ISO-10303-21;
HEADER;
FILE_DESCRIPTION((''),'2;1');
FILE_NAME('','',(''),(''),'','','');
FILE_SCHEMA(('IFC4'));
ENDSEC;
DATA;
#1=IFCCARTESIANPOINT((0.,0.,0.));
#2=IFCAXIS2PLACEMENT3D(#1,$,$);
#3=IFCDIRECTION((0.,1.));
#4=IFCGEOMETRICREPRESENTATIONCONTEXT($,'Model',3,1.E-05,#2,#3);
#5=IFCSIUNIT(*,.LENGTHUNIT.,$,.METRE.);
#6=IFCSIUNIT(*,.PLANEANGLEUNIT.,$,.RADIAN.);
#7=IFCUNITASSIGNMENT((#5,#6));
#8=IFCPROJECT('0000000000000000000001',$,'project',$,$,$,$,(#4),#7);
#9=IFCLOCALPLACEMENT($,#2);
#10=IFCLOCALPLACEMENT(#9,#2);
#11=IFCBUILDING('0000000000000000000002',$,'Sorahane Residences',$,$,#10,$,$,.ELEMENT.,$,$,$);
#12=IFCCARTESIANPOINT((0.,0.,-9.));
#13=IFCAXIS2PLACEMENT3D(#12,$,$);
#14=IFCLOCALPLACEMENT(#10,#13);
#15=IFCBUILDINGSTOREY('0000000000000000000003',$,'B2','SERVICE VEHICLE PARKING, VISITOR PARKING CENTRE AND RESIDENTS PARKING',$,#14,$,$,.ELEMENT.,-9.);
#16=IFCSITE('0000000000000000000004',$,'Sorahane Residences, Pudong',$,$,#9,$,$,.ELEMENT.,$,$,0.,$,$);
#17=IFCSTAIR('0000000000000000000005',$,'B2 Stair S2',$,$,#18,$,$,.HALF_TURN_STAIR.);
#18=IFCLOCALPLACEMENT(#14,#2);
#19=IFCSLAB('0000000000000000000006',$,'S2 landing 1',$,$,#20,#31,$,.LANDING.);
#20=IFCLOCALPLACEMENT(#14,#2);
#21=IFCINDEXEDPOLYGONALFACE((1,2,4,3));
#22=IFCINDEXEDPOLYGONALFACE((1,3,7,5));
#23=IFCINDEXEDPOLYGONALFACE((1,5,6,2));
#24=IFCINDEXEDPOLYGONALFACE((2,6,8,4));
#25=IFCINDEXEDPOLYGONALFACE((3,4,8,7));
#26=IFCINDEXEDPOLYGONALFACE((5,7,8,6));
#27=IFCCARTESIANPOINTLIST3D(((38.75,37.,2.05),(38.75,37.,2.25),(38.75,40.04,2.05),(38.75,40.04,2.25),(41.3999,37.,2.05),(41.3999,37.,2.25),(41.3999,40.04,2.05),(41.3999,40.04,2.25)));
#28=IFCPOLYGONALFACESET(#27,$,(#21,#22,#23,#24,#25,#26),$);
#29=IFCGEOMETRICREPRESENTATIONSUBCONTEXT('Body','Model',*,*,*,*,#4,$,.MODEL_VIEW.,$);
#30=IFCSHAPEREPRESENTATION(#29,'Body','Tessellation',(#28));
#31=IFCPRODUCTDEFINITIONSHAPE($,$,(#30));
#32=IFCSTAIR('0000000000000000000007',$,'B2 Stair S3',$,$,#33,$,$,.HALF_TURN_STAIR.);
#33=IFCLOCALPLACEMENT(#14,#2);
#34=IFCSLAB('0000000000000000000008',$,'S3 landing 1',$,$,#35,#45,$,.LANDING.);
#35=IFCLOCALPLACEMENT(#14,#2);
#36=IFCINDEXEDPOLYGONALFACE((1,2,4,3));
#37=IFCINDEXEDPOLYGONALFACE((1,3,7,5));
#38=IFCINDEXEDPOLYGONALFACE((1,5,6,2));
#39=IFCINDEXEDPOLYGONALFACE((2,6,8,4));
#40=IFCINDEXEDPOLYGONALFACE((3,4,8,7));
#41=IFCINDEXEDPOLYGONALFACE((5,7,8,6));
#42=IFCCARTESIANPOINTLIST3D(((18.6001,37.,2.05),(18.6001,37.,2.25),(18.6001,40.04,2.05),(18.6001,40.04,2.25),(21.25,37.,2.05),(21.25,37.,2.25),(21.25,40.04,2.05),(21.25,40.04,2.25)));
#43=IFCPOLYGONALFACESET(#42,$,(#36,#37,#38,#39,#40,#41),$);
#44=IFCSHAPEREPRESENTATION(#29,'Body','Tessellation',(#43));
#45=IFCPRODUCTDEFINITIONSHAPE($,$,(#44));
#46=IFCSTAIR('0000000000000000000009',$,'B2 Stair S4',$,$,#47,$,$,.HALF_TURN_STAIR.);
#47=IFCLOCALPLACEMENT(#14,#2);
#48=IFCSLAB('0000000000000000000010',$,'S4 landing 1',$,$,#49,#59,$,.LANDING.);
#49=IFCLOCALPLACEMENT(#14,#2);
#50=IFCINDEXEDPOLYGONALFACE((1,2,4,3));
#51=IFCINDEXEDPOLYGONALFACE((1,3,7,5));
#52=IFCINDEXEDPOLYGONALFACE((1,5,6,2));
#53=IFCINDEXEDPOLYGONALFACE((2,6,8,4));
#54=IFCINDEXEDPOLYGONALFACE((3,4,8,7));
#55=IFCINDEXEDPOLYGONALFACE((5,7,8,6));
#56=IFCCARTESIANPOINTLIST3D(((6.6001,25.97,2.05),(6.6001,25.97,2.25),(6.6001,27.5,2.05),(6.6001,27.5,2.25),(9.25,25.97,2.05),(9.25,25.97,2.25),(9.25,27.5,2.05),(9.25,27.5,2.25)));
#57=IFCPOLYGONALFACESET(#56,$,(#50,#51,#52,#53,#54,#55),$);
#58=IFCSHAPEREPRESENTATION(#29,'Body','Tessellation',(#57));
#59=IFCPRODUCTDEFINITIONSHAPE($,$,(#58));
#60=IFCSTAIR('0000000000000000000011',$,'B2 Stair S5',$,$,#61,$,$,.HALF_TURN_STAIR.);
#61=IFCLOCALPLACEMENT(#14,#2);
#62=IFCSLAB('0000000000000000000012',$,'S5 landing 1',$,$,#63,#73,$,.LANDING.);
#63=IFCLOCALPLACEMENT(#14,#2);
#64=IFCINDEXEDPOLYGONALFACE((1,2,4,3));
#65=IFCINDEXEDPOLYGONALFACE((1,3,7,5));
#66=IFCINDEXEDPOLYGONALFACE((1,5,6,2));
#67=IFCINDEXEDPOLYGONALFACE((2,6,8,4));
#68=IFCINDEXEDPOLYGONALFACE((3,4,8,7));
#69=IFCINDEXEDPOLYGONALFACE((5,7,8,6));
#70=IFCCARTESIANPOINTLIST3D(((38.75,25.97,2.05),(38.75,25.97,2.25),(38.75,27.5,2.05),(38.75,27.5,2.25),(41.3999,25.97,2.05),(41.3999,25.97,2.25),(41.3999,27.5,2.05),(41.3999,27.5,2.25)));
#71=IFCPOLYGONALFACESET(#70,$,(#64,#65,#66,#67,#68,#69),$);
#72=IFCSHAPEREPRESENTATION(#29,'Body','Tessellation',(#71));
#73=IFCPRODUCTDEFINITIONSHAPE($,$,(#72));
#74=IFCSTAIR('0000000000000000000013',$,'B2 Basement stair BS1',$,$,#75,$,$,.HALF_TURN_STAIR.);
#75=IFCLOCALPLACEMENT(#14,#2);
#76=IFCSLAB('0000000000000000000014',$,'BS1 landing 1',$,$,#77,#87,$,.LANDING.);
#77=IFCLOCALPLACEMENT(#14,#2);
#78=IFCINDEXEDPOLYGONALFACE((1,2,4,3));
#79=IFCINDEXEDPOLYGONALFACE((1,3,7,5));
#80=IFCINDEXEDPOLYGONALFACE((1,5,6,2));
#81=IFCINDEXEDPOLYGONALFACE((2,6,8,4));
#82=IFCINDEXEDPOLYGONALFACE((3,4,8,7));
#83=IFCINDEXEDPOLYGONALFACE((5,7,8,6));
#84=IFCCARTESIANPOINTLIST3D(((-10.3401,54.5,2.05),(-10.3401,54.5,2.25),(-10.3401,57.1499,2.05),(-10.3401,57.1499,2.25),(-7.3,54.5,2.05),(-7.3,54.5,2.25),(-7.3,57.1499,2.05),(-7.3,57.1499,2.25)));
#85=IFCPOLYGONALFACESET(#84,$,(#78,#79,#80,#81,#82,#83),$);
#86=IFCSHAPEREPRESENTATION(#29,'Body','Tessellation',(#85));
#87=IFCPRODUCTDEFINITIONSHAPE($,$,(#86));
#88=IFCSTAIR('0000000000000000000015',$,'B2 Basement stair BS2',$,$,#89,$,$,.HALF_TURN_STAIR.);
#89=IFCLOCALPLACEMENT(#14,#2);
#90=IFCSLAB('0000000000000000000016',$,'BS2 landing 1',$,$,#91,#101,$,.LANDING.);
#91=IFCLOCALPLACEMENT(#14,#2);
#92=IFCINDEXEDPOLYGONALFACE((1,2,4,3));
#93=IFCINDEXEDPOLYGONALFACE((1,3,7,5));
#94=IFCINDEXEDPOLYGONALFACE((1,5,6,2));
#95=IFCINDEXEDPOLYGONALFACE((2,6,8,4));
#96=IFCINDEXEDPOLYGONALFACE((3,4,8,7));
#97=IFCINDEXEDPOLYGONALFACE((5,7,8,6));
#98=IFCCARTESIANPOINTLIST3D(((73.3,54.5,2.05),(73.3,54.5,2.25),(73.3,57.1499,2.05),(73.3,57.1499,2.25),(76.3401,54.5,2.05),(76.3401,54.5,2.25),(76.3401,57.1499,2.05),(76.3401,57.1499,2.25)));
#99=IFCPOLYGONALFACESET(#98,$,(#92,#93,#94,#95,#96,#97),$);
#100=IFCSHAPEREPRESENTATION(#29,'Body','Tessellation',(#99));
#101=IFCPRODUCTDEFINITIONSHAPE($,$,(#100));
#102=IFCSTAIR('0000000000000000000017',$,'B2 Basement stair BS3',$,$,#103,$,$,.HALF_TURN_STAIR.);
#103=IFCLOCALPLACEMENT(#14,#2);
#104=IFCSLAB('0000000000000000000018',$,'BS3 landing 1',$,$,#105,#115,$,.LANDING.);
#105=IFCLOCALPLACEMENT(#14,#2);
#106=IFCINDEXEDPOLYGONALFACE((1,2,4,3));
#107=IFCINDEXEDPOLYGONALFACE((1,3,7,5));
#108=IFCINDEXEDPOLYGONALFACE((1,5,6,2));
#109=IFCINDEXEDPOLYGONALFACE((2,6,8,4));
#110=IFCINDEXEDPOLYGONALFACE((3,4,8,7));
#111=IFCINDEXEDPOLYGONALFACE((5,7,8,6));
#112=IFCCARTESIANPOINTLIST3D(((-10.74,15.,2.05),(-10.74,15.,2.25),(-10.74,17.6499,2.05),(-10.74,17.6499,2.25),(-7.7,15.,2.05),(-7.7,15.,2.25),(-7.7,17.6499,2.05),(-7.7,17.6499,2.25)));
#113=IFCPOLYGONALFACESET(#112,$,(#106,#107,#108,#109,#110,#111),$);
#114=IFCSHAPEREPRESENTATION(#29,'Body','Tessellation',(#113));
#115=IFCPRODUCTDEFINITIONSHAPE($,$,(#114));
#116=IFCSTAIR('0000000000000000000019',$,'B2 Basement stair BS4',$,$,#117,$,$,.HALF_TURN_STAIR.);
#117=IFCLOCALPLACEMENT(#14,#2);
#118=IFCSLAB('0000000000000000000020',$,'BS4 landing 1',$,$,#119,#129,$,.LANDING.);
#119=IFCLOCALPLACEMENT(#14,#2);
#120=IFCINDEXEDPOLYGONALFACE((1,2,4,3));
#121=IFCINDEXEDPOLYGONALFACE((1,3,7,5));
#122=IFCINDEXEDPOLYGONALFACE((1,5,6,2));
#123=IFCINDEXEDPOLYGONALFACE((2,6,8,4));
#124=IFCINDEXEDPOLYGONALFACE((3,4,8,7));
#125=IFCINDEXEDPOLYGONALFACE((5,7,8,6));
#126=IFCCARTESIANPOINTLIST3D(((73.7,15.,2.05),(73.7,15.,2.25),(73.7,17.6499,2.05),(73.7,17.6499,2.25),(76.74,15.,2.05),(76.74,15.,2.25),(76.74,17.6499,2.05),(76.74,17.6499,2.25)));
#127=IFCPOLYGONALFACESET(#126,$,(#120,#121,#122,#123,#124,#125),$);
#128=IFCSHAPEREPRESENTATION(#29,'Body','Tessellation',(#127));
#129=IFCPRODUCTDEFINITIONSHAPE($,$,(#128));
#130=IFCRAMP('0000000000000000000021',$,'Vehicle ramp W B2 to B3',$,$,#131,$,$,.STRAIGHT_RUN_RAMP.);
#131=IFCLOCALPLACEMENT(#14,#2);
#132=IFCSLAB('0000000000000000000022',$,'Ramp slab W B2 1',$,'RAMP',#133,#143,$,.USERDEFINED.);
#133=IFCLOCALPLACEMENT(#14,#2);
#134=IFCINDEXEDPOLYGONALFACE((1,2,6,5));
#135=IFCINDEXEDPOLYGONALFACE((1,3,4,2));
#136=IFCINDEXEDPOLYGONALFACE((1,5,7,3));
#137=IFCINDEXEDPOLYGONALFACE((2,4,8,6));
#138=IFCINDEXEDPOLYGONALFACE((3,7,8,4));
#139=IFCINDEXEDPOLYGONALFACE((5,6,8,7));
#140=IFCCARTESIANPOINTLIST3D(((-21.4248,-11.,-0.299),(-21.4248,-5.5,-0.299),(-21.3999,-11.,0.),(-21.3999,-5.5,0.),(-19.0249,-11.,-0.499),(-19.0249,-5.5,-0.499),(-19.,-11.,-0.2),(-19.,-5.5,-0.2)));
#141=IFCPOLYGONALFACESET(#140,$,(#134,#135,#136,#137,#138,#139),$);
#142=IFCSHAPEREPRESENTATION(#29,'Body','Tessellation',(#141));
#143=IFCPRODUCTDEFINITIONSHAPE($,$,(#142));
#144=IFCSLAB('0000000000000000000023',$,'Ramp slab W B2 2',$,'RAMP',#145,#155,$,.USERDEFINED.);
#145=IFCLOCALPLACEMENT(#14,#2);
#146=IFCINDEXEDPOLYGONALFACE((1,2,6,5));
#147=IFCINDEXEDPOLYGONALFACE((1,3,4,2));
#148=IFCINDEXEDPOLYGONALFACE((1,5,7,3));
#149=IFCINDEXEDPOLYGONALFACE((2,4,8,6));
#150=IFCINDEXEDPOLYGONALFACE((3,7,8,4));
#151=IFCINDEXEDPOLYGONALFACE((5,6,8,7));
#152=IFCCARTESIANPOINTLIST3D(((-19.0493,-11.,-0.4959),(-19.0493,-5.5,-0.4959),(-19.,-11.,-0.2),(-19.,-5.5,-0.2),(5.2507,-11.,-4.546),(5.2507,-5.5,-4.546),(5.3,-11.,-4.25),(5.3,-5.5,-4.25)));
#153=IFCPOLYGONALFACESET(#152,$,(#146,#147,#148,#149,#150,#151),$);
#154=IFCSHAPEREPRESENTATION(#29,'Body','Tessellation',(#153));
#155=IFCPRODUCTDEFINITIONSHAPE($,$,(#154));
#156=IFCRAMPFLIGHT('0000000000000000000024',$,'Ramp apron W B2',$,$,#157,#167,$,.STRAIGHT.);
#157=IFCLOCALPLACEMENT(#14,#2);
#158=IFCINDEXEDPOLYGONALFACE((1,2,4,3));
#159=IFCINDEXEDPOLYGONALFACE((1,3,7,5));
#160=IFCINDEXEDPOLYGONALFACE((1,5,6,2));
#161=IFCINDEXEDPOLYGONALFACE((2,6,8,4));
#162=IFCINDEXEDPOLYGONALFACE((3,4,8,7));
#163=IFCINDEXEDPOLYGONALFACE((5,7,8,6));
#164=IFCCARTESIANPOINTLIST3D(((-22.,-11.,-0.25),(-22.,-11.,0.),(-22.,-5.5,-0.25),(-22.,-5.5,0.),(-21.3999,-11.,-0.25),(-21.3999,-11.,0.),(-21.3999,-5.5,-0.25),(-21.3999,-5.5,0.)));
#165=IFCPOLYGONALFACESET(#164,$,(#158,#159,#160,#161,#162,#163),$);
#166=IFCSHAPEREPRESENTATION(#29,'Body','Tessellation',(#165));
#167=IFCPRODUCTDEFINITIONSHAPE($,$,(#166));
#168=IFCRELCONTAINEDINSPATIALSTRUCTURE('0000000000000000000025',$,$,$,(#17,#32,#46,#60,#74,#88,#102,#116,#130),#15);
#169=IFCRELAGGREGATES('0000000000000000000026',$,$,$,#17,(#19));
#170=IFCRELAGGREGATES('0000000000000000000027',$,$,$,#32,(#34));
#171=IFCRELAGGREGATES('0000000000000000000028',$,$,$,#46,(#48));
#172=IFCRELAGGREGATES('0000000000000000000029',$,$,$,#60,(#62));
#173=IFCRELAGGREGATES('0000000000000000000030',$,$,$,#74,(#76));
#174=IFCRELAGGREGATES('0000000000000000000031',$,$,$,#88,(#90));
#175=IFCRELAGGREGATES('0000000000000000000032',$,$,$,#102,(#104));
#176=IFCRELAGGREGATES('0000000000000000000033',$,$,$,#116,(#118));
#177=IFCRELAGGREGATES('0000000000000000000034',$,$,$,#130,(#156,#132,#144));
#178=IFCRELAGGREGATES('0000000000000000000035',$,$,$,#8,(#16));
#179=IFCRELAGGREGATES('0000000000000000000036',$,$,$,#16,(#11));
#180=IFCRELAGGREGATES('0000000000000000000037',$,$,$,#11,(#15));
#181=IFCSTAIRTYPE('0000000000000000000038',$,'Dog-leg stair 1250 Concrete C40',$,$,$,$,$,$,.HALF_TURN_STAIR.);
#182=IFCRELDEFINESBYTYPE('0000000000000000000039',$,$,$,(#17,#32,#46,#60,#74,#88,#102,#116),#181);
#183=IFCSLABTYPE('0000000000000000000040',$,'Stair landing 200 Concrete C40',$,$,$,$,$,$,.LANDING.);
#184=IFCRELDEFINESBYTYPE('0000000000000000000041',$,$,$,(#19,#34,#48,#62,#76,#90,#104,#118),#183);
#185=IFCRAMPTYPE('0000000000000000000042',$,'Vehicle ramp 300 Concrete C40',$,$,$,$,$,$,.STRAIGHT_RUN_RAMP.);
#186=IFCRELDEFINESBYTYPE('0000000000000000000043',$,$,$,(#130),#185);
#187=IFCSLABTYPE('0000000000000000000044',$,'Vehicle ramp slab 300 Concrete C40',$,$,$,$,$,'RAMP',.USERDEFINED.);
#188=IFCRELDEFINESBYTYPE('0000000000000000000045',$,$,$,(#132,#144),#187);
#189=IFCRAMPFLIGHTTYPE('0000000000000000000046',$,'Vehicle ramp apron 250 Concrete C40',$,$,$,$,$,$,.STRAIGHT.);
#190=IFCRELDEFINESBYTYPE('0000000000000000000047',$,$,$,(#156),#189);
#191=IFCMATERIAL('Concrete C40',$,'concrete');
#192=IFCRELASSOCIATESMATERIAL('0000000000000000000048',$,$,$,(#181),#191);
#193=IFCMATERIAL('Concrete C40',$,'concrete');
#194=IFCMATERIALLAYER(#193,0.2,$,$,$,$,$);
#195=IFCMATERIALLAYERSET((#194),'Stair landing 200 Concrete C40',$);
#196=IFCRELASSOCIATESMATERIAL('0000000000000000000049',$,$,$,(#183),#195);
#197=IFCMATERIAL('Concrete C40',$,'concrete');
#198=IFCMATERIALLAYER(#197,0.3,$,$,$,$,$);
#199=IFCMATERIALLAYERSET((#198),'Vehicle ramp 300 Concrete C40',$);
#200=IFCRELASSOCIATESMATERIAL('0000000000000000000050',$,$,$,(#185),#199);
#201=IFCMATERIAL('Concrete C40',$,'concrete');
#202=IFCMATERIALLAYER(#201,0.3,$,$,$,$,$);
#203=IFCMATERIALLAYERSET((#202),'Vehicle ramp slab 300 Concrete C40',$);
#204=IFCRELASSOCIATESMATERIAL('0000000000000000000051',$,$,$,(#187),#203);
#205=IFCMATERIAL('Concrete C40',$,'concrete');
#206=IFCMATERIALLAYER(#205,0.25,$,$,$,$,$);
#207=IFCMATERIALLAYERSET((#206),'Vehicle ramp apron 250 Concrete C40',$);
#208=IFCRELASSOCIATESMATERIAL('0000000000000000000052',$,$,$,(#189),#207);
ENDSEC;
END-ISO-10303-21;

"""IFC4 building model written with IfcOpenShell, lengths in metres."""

from ifc_helpers import new_model, si_unit, direction, frame, origin, place, context, subcontext, project, spatial, polyline, outline, extrude, material, layer, layer_set, type_object, element, aggregate, save


model = new_model("IFC4")

# Units and contexts
model_context = context("Model", 3, precision=1e-05, world=origin(), true_north=direction((0.0, 1.0)))
body_context = subcontext(model_context, "Body", "Model", "MODEL_VIEW")
ifc_project = project(units=[si_unit("LENGTHUNIT", "METRE"), si_unit("PLANEANGLEUNIT", "RADIAN")], contexts=[model_context])

# Site, building, storey
site_placement = place(None, origin())
site = spatial("IfcSite", under=ifc_project, at=site_placement, Name="Sorahane Residences, Pudong", CompositionType="ELEMENT", RefElevation=0.0)
building_placement = place(site_placement, origin())
building = spatial("IfcBuilding", under=site, at=building_placement, Name="Sorahane Residences", CompositionType="ELEMENT")
storey_placement = place(building_placement, frame((0.0, 0.0, -9.0)))
storey = spatial("IfcBuildingStorey", under=building, at=storey_placement, Name="B2", Description="SERVICE VEHICLE PARKING, VISITOR PARKING CENTRE AND RESIDENTS PARKING", CompositionType="ELEMENT", Elevation=-9.0)

# Stairs, slabs
ifc_material_1 = material(Name="Concrete C40", Category="concrete")
stair_type = type_object("IfcStairType", Name="Dog-leg stair 1250 Concrete C40", PredefinedType="HALF_TURN_STAIR", material=ifc_material_1)
ifc_material_2 = material(Name="Concrete C40", Category="concrete")
ifc_layer_1 = layer(ifc_material_2, 0.2)
ifc_layer_set_1 = layer_set([ifc_layer_1], Name="Stair landing 200 Concrete C40")
slab_type_1 = type_object("IfcSlabType", Name="Stair landing 200 Concrete C40", PredefinedType="LANDING", material=ifc_layer_set_1)
stair_1_placement = place(storey_placement, origin())
stair_1 = element("IfcStair", 1, at=stair_1_placement, inside=storey, type_object=stair_type, Name="B2 Stair S2", PredefinedType="HALF_TURN_STAIR")
slab_1_placement = place(storey_placement, frame((0.0, 0.0, 2.05)))
slab_1 = element("IfcSlab", 2, at=slab_1_placement, type_object=slab_type_1, Name="S2 landing 1", PredefinedType="LANDING", context=body_context, shape_type="SweptSolid", body=[
    extrude(outline(polyline([(38.75, 40.04), (38.75, 37.0), (41.3999, 37.0), (41.3999, 40.04), (38.75, 40.04)])), origin(), (0.0, 0.0, 1.0), 0.2),
])
aggregate(stair_1, [slab_1])
stair_2_placement = place(storey_placement, origin())
stair_2 = element("IfcStair", 3, at=stair_2_placement, inside=storey, type_object=stair_type, Name="B2 Stair S3", PredefinedType="HALF_TURN_STAIR")
slab_2_placement = place(storey_placement, frame((0.0, 0.0, 2.05)))
slab_2 = element("IfcSlab", 4, at=slab_2_placement, type_object=slab_type_1, Name="S3 landing 1", PredefinedType="LANDING", context=body_context, shape_type="SweptSolid", body=[
    extrude(outline(polyline([(18.6001, 40.04), (18.6001, 37.0), (21.25, 37.0), (21.25, 40.04), (18.6001, 40.04)])), origin(), (0.0, 0.0, 1.0), 0.2),
])
aggregate(stair_2, [slab_2])
stair_3_placement = place(storey_placement, origin())
stair_3 = element("IfcStair", 5, at=stair_3_placement, inside=storey, type_object=stair_type, Name="B2 Stair S4", PredefinedType="HALF_TURN_STAIR")
slab_3_placement = place(storey_placement, frame((0.0, 0.0, 2.05)))
slab_3 = element("IfcSlab", 6, at=slab_3_placement, type_object=slab_type_1, Name="S4 landing 1", PredefinedType="LANDING", context=body_context, shape_type="SweptSolid", body=[
    extrude(outline(polyline([(9.25, 25.97), (9.25, 27.5), (6.6001, 27.5), (6.6001, 25.97), (9.25, 25.97)])), origin(), (0.0, 0.0, 1.0), 0.2),
])
aggregate(stair_3, [slab_3])
stair_4_placement = place(storey_placement, origin())
stair_4 = element("IfcStair", 7, at=stair_4_placement, inside=storey, type_object=stair_type, Name="B2 Stair S5", PredefinedType="HALF_TURN_STAIR")
slab_4_placement = place(storey_placement, frame((0.0, 0.0, 2.05)))
slab_4 = element("IfcSlab", 8, at=slab_4_placement, type_object=slab_type_1, Name="S5 landing 1", PredefinedType="LANDING", context=body_context, shape_type="SweptSolid", body=[
    extrude(outline(polyline([(41.3999, 25.97), (41.3999, 27.5), (38.75, 27.5), (38.75, 25.97), (41.3999, 25.97)])), origin(), (0.0, 0.0, 1.0), 0.2),
])
aggregate(stair_4, [slab_4])
stair_5_placement = place(storey_placement, origin())
stair_5 = element("IfcStair", 9, at=stair_5_placement, inside=storey, type_object=stair_type, Name="B2 Basement stair BS1", PredefinedType="HALF_TURN_STAIR")
slab_5_placement = place(storey_placement, frame((0.0, 0.0, 2.05)))
slab_5 = element("IfcSlab", 10, at=slab_5_placement, type_object=slab_type_1, Name="BS1 landing 1", PredefinedType="LANDING", context=body_context, shape_type="SweptSolid", body=[
    extrude(outline(polyline([(-10.3401, 54.5), (-7.3, 54.5), (-7.3, 57.1499), (-10.3401, 57.1499), (-10.3401, 54.5)])), origin(), (0.0, 0.0, 1.0), 0.2),
])
aggregate(stair_5, [slab_5])
stair_6_placement = place(storey_placement, origin())
stair_6 = element("IfcStair", 11, at=stair_6_placement, inside=storey, type_object=stair_type, Name="B2 Basement stair BS2", PredefinedType="HALF_TURN_STAIR")
slab_6_placement = place(storey_placement, frame((0.0, 0.0, 2.05)))
slab_6 = element("IfcSlab", 12, at=slab_6_placement, type_object=slab_type_1, Name="BS2 landing 1", PredefinedType="LANDING", context=body_context, shape_type="SweptSolid", body=[
    extrude(outline(polyline([(76.3401, 57.1499), (73.3, 57.1499), (73.3, 54.5), (76.3401, 54.5), (76.3401, 57.1499)])), origin(), (0.0, 0.0, 1.0), 0.2),
])
aggregate(stair_6, [slab_6])
stair_7_placement = place(storey_placement, origin())
stair_7 = element("IfcStair", 13, at=stair_7_placement, inside=storey, type_object=stair_type, Name="B2 Basement stair BS3", PredefinedType="HALF_TURN_STAIR")
slab_7_placement = place(storey_placement, frame((0.0, 0.0, 2.05)))
slab_7 = element("IfcSlab", 14, at=slab_7_placement, type_object=slab_type_1, Name="BS3 landing 1", PredefinedType="LANDING", context=body_context, shape_type="SweptSolid", body=[
    extrude(outline(polyline([(-10.74, 15.0), (-7.7, 15.0), (-7.7, 17.6499), (-10.74, 17.6499), (-10.74, 15.0)])), origin(), (0.0, 0.0, 1.0), 0.2),
])
aggregate(stair_7, [slab_7])
stair_8_placement = place(storey_placement, origin())
stair_8 = element("IfcStair", 15, at=stair_8_placement, inside=storey, type_object=stair_type, Name="B2 Basement stair BS4", PredefinedType="HALF_TURN_STAIR")
slab_8_placement = place(storey_placement, frame((0.0, 0.0, 2.05)))
slab_8 = element("IfcSlab", 16, at=slab_8_placement, type_object=slab_type_1, Name="BS4 landing 1", PredefinedType="LANDING", context=body_context, shape_type="SweptSolid", body=[
    extrude(outline(polyline([(76.74, 17.6499), (73.7, 17.6499), (73.7, 15.0), (76.74, 15.0), (76.74, 17.6499)])), origin(), (0.0, 0.0, 1.0), 0.2),
])
aggregate(stair_8, [slab_8])

# Ramp, slabs, ramp flight
ifc_material_3 = material(Name="Concrete C40", Category="concrete")
ifc_layer_2 = layer(ifc_material_3, 0.3)
ifc_layer_set_2 = layer_set([ifc_layer_2], Name="Vehicle ramp 300 Concrete C40")
ramp_type = type_object("IfcRampType", Name="Vehicle ramp 300 Concrete C40", PredefinedType="STRAIGHT_RUN_RAMP", material=ifc_layer_set_2)
ramp_placement = place(storey_placement, origin())
ramp = element("IfcRamp", 17, at=ramp_placement, inside=storey, type_object=ramp_type, Name="Vehicle ramp W B2 to B3", PredefinedType="STRAIGHT_RUN_RAMP")
ifc_material_4 = material(Name="Concrete C40", Category="concrete")
ifc_layer_3 = layer(ifc_material_4, 0.3)
ifc_layer_set_3 = layer_set([ifc_layer_3], Name="Vehicle ramp slab 300 Concrete C40")
slab_type_2 = type_object("IfcSlabType", Name="Vehicle ramp slab 300 Concrete C40", ElementType="RAMP", PredefinedType="USERDEFINED", material=ifc_layer_set_3)
slab_9_placement = place(storey_placement, frame((-21.3999, -11.0, 0.0), z_axis=(0.083029, 0.0, 0.996547), x_axis=(0.996547, 0.0, -0.083029)))
slab_9 = element("IfcSlab", 18, at=slab_9_placement, type_object=slab_type_2, Name="Ramp slab W B2 1", ObjectType="RAMP", PredefinedType="USERDEFINED", context=body_context, shape_type="SweptSolid", body=[
    extrude(outline(polyline([(0.0, 0.0), (2.4082, 0.0), (2.4082, 5.5), (0.0, 5.5), (0.0, 0.0)])), origin(), (0.0, 0.0, -1.0), 0.3),
])
slab_10_placement = place(storey_placement, frame((-19.0, -11.0, -0.2), z_axis=(0.164401, 0.0, 0.986394), x_axis=(0.986394, 0.0, -0.164401)))
slab_10 = element("IfcSlab", 19, at=slab_10_placement, type_object=slab_type_2, Name="Ramp slab W B2 2", ObjectType="RAMP", PredefinedType="USERDEFINED", context=body_context, shape_type="SweptSolid", body=[
    extrude(outline(polyline([(0.0, 0.0), (24.6352, 0.0), (24.6352, 5.5), (0.0, 5.5), (0.0, 0.0)])), origin(), (0.0, 0.0, -1.0), 0.3),
])
ifc_material_5 = material(Name="Concrete C40", Category="concrete")
ifc_layer_4 = layer(ifc_material_5, 0.25)
ifc_layer_set_4 = layer_set([ifc_layer_4], Name="Vehicle ramp apron 250 Concrete C40")
ramp_flight_type = type_object("IfcRampFlightType", Name="Vehicle ramp apron 250 Concrete C40", PredefinedType="STRAIGHT", material=ifc_layer_set_4)
ramp_flight_placement = place(storey_placement, frame((-22.0, -11.0, 0.0), z_axis=(0.0, 0.0, 1.0), x_axis=(1.0, 0.0, 0.0)))
ramp_flight = element("IfcRampFlight", 20, at=ramp_flight_placement, type_object=ramp_flight_type, Name="Ramp apron W B2", PredefinedType="STRAIGHT", context=body_context, shape_type="SweptSolid", body=[
    extrude(outline(polyline([(0.0, 0.0), (0.6001, 0.0), (0.6001, 5.5), (0.0, 5.5), (0.0, 0.0)])), origin(), (0.0, 0.0, -1.0), 0.25),
])
aggregate(ramp, [ramp_flight, slab_9, slab_10])

save(model, "model.ifc")
